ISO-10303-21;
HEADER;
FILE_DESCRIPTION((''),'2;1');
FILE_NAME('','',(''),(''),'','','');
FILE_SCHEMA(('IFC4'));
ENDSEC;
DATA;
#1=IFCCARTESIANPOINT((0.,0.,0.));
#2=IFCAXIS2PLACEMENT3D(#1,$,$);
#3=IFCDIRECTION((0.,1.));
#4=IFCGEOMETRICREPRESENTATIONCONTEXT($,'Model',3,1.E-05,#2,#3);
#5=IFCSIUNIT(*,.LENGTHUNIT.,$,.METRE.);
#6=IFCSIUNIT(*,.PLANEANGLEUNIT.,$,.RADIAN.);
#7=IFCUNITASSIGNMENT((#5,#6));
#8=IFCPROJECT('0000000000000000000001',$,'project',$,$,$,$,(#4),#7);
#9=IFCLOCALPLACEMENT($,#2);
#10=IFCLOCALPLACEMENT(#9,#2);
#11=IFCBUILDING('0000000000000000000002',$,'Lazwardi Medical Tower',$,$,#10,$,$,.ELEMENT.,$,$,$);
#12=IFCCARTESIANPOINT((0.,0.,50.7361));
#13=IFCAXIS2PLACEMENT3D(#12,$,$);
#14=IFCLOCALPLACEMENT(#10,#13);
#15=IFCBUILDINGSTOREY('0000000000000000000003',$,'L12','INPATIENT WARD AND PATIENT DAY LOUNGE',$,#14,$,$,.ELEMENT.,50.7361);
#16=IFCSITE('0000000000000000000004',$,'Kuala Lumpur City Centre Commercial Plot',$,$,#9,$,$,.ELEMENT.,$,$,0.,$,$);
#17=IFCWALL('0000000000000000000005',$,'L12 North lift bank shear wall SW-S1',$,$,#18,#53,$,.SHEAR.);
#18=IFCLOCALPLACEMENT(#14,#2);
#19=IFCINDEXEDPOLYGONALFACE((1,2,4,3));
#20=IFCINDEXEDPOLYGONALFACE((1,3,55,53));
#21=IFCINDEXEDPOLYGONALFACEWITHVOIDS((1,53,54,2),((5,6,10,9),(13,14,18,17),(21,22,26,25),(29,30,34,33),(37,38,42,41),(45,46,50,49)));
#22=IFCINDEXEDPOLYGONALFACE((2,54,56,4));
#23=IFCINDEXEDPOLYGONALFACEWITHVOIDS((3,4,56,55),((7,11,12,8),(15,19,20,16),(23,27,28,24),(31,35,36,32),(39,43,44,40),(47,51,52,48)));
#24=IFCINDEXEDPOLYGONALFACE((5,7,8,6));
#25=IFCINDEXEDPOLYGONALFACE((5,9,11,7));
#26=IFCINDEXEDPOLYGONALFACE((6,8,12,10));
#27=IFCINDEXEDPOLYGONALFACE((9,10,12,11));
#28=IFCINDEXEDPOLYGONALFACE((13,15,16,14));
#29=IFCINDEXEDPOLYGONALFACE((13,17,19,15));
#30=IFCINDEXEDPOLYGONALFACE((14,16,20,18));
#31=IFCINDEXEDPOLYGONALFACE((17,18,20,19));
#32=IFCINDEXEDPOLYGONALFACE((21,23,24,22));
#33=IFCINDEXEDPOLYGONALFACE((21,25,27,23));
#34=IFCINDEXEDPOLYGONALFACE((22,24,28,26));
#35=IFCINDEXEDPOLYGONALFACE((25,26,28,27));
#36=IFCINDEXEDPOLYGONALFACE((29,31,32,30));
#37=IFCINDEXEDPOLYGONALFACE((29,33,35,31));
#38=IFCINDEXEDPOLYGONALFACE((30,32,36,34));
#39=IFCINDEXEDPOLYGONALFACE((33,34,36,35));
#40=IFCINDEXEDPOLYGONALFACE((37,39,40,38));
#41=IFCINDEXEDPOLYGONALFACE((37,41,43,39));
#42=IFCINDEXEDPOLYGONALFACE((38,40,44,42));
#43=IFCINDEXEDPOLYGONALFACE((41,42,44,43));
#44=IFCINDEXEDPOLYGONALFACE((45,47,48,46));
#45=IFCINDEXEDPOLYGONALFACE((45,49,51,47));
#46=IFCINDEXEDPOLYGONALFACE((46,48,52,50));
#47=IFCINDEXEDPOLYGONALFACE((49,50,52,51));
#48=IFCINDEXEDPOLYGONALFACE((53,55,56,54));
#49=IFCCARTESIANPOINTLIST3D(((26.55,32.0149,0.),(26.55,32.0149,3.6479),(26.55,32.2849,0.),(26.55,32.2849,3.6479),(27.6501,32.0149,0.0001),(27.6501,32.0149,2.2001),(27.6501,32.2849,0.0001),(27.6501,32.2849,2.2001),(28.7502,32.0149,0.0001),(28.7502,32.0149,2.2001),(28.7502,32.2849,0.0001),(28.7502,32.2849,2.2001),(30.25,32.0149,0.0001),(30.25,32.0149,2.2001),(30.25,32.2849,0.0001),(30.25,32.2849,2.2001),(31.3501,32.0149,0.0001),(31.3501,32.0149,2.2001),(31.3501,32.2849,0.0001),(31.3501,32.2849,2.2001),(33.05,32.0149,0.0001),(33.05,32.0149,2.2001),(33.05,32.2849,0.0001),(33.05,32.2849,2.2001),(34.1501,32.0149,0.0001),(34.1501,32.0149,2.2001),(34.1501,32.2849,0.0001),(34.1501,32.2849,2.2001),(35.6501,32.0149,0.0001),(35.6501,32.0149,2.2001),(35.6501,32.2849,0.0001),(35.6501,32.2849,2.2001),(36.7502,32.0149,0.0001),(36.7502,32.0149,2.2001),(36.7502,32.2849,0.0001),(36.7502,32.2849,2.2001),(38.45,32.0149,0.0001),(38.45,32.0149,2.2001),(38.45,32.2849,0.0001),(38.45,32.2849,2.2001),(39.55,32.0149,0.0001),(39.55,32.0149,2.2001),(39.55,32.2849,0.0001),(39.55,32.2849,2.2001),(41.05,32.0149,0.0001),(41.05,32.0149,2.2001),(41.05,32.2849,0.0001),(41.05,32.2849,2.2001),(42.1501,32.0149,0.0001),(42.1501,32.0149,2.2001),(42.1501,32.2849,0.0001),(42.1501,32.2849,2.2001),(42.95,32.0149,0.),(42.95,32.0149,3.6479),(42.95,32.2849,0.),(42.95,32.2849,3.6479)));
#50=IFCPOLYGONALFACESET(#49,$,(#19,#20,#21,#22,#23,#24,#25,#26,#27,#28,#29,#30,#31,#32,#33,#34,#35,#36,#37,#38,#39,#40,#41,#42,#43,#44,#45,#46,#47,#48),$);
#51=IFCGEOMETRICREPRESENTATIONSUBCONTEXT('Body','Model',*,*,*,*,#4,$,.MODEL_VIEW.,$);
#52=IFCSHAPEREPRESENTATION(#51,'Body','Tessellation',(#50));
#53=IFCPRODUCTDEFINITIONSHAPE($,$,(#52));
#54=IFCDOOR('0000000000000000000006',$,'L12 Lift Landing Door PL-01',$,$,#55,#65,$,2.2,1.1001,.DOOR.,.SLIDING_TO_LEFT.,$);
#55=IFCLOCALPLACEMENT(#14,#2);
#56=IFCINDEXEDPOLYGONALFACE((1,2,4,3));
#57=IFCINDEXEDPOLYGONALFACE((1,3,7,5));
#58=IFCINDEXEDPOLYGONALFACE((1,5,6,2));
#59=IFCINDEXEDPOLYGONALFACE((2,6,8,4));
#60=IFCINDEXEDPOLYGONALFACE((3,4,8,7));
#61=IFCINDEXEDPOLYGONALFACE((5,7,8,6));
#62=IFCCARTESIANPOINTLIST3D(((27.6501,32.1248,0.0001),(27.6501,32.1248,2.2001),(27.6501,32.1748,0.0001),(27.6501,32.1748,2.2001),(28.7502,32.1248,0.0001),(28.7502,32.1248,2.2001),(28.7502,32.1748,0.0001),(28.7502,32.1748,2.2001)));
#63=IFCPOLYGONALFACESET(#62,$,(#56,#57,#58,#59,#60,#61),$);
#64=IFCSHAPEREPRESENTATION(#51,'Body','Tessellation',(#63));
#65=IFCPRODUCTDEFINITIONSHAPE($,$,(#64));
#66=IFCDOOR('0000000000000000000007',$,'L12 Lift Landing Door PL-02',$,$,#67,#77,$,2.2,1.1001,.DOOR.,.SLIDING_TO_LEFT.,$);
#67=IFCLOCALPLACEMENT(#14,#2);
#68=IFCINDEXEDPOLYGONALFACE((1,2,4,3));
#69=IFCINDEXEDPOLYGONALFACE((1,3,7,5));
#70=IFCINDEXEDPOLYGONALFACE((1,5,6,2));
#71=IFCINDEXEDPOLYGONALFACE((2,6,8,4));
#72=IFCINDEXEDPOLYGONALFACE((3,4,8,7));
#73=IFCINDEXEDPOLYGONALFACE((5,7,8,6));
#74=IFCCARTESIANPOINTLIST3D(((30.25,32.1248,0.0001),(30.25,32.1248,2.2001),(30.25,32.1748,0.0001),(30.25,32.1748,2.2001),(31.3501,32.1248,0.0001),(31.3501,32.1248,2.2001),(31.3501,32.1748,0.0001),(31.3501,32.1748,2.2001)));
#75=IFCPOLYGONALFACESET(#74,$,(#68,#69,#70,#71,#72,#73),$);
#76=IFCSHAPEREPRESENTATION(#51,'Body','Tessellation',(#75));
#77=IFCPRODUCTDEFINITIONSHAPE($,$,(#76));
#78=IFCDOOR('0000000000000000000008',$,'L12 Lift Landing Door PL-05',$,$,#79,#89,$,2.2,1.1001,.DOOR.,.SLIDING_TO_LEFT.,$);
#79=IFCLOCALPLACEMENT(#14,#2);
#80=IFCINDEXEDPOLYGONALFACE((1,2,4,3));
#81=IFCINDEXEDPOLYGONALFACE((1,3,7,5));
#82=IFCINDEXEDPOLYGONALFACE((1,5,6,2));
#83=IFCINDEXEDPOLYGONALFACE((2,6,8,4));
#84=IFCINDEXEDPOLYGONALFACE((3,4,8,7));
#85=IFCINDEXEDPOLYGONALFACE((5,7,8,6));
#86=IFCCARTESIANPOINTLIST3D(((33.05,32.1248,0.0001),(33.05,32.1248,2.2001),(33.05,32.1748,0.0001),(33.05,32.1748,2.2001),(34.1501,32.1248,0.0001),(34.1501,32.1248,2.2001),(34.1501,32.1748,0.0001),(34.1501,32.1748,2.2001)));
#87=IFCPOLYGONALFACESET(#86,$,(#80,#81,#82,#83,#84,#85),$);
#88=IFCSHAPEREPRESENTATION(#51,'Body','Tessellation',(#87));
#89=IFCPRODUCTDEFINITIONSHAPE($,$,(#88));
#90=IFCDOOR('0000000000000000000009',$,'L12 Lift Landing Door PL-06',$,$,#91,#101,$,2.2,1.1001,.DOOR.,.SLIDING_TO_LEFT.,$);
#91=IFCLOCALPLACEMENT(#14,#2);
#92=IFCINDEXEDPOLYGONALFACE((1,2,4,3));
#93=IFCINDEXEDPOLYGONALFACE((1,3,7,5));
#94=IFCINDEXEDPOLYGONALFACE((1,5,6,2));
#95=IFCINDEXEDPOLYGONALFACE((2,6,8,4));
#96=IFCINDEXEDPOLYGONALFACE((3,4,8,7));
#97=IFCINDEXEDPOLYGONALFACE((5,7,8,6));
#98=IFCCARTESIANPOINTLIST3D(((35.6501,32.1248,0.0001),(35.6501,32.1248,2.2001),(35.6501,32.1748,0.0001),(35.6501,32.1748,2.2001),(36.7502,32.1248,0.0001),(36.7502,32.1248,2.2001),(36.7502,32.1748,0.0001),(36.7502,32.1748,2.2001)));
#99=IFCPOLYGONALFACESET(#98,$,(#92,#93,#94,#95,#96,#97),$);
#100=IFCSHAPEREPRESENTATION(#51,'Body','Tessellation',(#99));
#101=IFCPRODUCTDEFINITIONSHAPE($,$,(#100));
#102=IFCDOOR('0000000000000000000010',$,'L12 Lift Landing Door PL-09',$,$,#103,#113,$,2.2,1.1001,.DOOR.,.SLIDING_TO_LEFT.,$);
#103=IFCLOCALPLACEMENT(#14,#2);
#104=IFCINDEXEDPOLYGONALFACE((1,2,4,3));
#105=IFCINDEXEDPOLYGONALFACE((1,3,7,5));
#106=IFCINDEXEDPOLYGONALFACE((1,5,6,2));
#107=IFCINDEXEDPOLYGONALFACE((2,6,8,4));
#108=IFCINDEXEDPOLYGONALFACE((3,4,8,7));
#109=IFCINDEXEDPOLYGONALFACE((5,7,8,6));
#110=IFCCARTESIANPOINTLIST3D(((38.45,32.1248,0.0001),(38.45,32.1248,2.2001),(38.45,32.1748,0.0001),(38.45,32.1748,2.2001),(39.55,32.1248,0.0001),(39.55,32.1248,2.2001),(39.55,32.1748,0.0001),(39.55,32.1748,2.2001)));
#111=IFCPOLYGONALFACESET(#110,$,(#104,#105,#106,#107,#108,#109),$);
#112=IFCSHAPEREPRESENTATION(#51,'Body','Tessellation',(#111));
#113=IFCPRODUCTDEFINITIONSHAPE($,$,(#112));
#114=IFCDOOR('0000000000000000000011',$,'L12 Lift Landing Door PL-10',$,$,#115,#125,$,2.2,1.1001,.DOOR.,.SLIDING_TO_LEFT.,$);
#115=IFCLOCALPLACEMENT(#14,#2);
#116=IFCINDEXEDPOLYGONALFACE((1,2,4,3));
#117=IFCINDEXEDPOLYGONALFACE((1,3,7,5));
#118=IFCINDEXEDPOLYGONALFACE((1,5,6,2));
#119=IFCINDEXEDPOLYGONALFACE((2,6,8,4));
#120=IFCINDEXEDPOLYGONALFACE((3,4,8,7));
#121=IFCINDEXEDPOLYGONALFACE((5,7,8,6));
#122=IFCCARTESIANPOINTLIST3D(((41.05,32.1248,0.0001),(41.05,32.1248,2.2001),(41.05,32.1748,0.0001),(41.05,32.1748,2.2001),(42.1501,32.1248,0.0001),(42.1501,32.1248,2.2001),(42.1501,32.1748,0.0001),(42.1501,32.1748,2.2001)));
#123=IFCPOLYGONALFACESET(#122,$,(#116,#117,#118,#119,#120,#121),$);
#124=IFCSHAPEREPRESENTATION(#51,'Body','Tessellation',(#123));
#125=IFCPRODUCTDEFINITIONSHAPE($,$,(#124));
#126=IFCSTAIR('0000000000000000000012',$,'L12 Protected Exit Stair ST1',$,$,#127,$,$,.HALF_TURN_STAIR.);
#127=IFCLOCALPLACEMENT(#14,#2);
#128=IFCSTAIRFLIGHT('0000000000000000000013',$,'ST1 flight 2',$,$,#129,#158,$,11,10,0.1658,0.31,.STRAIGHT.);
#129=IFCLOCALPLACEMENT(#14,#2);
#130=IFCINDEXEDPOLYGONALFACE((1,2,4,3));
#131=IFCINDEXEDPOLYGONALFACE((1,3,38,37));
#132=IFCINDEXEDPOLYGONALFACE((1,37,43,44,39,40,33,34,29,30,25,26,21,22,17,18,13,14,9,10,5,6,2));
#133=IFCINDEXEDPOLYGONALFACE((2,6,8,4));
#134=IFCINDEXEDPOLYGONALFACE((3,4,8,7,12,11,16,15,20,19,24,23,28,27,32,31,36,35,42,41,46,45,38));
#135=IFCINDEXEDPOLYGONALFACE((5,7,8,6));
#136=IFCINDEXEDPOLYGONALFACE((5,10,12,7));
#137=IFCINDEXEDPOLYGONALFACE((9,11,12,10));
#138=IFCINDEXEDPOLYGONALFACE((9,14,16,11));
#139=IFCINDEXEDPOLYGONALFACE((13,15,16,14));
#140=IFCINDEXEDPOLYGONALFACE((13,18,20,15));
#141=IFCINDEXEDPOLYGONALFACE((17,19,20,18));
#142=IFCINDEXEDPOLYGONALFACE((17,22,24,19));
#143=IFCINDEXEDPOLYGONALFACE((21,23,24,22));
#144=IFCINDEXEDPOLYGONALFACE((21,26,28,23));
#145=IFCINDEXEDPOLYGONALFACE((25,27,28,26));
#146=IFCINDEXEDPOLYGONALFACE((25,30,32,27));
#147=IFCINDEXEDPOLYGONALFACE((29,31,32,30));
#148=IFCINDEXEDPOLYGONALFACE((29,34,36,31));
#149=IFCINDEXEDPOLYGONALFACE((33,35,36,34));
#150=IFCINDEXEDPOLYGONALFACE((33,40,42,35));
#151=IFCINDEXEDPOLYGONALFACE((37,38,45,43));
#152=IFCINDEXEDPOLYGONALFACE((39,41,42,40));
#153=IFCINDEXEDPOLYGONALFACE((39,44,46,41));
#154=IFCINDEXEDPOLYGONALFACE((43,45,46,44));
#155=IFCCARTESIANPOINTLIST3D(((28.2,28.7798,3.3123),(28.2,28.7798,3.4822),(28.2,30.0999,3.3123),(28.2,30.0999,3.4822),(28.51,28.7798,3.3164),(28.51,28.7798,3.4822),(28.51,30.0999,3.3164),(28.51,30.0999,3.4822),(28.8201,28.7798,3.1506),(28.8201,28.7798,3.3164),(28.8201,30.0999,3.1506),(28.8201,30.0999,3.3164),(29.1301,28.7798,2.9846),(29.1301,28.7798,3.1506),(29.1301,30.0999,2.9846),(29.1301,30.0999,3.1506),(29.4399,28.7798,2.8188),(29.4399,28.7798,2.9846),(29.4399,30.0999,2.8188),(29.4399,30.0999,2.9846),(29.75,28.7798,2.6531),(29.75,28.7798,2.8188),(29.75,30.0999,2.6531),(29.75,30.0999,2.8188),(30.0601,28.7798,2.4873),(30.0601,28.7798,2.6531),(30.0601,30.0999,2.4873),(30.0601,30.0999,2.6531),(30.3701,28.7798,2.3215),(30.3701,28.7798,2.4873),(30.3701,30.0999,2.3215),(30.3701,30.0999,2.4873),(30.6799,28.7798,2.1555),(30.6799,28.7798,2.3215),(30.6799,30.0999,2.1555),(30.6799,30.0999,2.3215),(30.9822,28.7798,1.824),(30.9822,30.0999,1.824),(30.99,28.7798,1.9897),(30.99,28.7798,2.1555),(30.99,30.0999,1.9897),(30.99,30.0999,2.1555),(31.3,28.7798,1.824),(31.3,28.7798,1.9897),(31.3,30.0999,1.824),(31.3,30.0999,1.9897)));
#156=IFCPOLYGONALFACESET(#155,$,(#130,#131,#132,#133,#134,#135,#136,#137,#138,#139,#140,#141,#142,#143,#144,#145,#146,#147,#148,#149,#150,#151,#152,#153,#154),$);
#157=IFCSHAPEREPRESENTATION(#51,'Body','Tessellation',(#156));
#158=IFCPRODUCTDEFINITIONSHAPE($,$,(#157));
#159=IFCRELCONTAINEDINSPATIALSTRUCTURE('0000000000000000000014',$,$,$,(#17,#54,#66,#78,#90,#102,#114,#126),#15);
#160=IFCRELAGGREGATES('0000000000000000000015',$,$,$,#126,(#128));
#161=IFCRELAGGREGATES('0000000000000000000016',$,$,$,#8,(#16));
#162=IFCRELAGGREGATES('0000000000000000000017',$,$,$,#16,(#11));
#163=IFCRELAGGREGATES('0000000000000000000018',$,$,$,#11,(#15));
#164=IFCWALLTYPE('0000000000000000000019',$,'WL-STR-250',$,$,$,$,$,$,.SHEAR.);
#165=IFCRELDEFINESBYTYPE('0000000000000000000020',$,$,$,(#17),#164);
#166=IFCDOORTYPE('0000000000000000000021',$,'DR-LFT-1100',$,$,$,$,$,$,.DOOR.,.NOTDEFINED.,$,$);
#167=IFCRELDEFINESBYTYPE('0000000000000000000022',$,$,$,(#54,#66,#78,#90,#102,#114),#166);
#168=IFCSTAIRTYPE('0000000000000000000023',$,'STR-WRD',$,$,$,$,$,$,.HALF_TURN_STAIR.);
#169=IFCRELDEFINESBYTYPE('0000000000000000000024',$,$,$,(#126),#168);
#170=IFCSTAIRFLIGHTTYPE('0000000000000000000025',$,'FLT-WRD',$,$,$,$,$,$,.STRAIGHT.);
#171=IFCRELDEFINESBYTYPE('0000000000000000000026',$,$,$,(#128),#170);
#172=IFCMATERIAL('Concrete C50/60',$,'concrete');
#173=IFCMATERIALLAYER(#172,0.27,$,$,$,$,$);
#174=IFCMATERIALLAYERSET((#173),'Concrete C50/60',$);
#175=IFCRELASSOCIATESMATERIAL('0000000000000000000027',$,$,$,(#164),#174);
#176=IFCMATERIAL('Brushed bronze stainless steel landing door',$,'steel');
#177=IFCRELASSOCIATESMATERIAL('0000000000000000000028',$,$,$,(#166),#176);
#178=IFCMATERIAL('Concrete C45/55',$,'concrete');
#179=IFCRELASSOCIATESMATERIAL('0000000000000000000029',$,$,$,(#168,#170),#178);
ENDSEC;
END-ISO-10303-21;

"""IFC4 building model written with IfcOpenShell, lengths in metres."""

from ifc_helpers import new_model, si_unit, direction, frame, frame_2d, origin, place, context, subcontext, project, spatial, polyline, rectangle, outline, extrude, material, layer, layer_set, type_object, element, fill, aggregate, save


model = new_model("IFC4")

# Units and contexts
model_context = context("Model", 3, precision=1e-05, world=origin(), true_north=direction((0.0, 1.0)))
body_context = subcontext(model_context, "Body", "Model", "MODEL_VIEW")
ifc_project = project(units=[si_unit("LENGTHUNIT", "METRE"), si_unit("PLANEANGLEUNIT", "RADIAN")], contexts=[model_context])

# Site, building, storey
site_placement = place(None, origin())
site = spatial("IfcSite", under=ifc_project, at=site_placement, Name="Kuala Lumpur City Centre Commercial Plot", CompositionType="ELEMENT", RefElevation=0.0)
building_placement = place(site_placement, origin())
building = spatial("IfcBuilding", under=site, at=building_placement, Name="Lazwardi Medical Tower", CompositionType="ELEMENT")
storey_placement = place(building_placement, frame((0.0, 0.0, 50.7361)))
storey = spatial("IfcBuildingStorey", under=building, at=storey_placement, Name="L12", Description="INPATIENT WARD AND PATIENT DAY LOUNGE", CompositionType="ELEMENT", Elevation=50.7361)

# Shared definitions
ifc_material_1 = material(Name="Concrete C50/60", Category="concrete")
ifc_layer_1 = layer(ifc_material_1, 0.27)
ifc_layer_set_1 = layer_set([ifc_layer_1], Name="Concrete C50/60")
wall_type_1 = type_object("IfcWallType", Name="WL-STR-250", PredefinedType="SHEAR", material=ifc_layer_set_1)

# Wall, openings, doors
wall_1_placement = place(storey_placement, frame((26.55, 32.1499, 0.0), z_axis=(0.0, 0.0, 1.0), x_axis=(1.0, 0.0, 0.0)))
wall_1 = element("IfcWall", 1, at=wall_1_placement, inside=storey, type_object=wall_type_1, Name="L12 North lift bank shear wall SW-S1", PredefinedType="SHEAR", context=body_context, shape_type="SweptSolid", body=[
    extrude(rectangle(XDim=16.3999, YDim=0.27, at=frame_2d((8.2, 0.0))), origin(), (0.0, 0.0, 1.0), 3.6479),
])
opening_1_placement = place(wall_1_placement, frame((1.1001, 0.0, 0.0)))
opening_1 = element("IfcOpeningElement", 2, at=opening_1_placement, cuts=wall_1, PredefinedType="OPENING", context=body_context, shape_type="SweptSolid", body=[
    extrude(rectangle(XDim=1.1001, YDim=2.2, at=frame_2d((0.55, 1.1001))), frame((0.0, 0.145, 0.0), z_axis=(0.0, -1.0, 0.0), x_axis=(1.0, 0.0, 0.0)), (0.0, 0.0, 1.0), 0.29),
])
opening_2_placement = place(wall_1_placement, frame((3.7, 0.0, 0.0)))
opening_2 = element("IfcOpeningElement", 3, at=opening_2_placement, cuts=wall_1, PredefinedType="OPENING", context=body_context, shape_type="SweptSolid", body=[
    extrude(rectangle(XDim=1.1001, YDim=2.2, at=frame_2d((0.55, 1.1001))), frame((0.0, 0.145, 0.0), z_axis=(0.0, -1.0, 0.0), x_axis=(1.0, 0.0, 0.0)), (0.0, 0.0, 1.0), 0.29),
])
opening_3_placement = place(wall_1_placement, frame((6.5, 0.0, 0.0)))
opening_3 = element("IfcOpeningElement", 4, at=opening_3_placement, cuts=wall_1, PredefinedType="OPENING", context=body_context, shape_type="SweptSolid", body=[
    extrude(rectangle(XDim=1.1001, YDim=2.2, at=frame_2d((0.55, 1.1001))), frame((0.0, 0.145, 0.0), z_axis=(0.0, -1.0, 0.0), x_axis=(1.0, 0.0, 0.0)), (0.0, 0.0, 1.0), 0.29),
])
opening_4_placement = place(wall_1_placement, frame((9.1001, 0.0, 0.0)))
opening_4 = element("IfcOpeningElement", 5, at=opening_4_placement, cuts=wall_1, PredefinedType="OPENING", context=body_context, shape_type="SweptSolid", body=[
    extrude(rectangle(XDim=1.1001, YDim=2.2, at=frame_2d((0.55, 1.1001))), frame((0.0, 0.145, 0.0), z_axis=(0.0, -1.0, 0.0), x_axis=(1.0, 0.0, 0.0)), (0.0, 0.0, 1.0), 0.29),
])
opening_5_placement = place(wall_1_placement, frame((11.8999, 0.0, 0.0)))
opening_5 = element("IfcOpeningElement", 6, at=opening_5_placement, cuts=wall_1, PredefinedType="OPENING", context=body_context, shape_type="SweptSolid", body=[
    extrude(rectangle(XDim=1.1001, YDim=2.2, at=frame_2d((0.55, 1.1001))), frame((0.0, 0.145, 0.0), z_axis=(0.0, -1.0, 0.0), x_axis=(1.0, 0.0, 0.0)), (0.0, 0.0, 1.0), 0.29),
])
opening_6_placement = place(wall_1_placement, frame((14.5, 0.0, 0.0)))
opening_6 = element("IfcOpeningElement", 7, at=opening_6_placement, cuts=wall_1, PredefinedType="OPENING", context=body_context, shape_type="SweptSolid", body=[
    extrude(rectangle(XDim=1.1001, YDim=2.2, at=frame_2d((0.55, 1.1001))), frame((0.0, 0.145, 0.0), z_axis=(0.0, -1.0, 0.0), x_axis=(1.0, 0.0, 0.0)), (0.0, 0.0, 1.0), 0.29),
])
ifc_material_2 = material(Name="Brushed bronze stainless steel landing door", Category="steel")
door_type_1 = type_object("IfcDoorType", Name="DR-LFT-1100", OperationType="NOTDEFINED", PredefinedType="DOOR", material=ifc_material_2)
door_1_placement = place(opening_1_placement, origin())
door_1 = element("IfcDoor", 8, at=door_1_placement, inside=storey, type_object=door_type_1, Name="L12 Lift Landing Door PL-01", OperationType="SLIDING_TO_LEFT", OverallHeight=2.2, OverallWidth=1.1001, PredefinedType="DOOR", context=body_context, shape_type="SweptSolid", body=[
    extrude(rectangle(XDim=1.1001, YDim=2.2, at=frame_2d((0.55, 1.1001))), frame((0.0, 0.0249, 0.0), z_axis=(0.0, -1.0, 0.0), x_axis=(1.0, 0.0, 0.0)), (0.0, 0.0, 1.0), 0.05),
])
fill(opening_1, door_1)
door_2_placement = place(opening_2_placement, origin())
door_2 = element("IfcDoor", 9, at=door_2_placement, inside=storey, type_object=door_type_1, Name="L12 Lift Landing Door PL-02", OperationType="SLIDING_TO_LEFT", OverallHeight=2.2, OverallWidth=1.1001, PredefinedType="DOOR", context=body_context, shape_type="SweptSolid", body=[
    extrude(rectangle(XDim=1.1001, YDim=2.2, at=frame_2d((0.55, 1.1001))), frame((0.0, 0.0249, 0.0), z_axis=(0.0, -1.0, 0.0), x_axis=(1.0, 0.0, 0.0)), (0.0, 0.0, 1.0), 0.05),
])
fill(opening_2, door_2)
door_3_placement = place(opening_3_placement, origin())
door_3 = element("IfcDoor", 10, at=door_3_placement, inside=storey, type_object=door_type_1, Name="L12 Lift Landing Door PL-05", OperationType="SLIDING_TO_LEFT", OverallHeight=2.2, OverallWidth=1.1001, PredefinedType="DOOR", context=body_context, shape_type="SweptSolid", body=[
    extrude(rectangle(XDim=1.1001, YDim=2.2, at=frame_2d((0.55, 1.1001))), frame((0.0, 0.0249, 0.0), z_axis=(0.0, -1.0, 0.0), x_axis=(1.0, 0.0, 0.0)), (0.0, 0.0, 1.0), 0.05),
])
fill(opening_3, door_3)
door_4_placement = place(opening_4_placement, origin())
door_4 = element("IfcDoor", 11, at=door_4_placement, inside=storey, type_object=door_type_1, Name="L12 Lift Landing Door PL-06", OperationType="SLIDING_TO_LEFT", OverallHeight=2.2, OverallWidth=1.1001, PredefinedType="DOOR", context=body_context, shape_type="SweptSolid", body=[
    extrude(rectangle(XDim=1.1001, YDim=2.2, at=frame_2d((0.55, 1.1001))), frame((0.0, 0.0249, 0.0), z_axis=(0.0, -1.0, 0.0), x_axis=(1.0, 0.0, 0.0)), (0.0, 0.0, 1.0), 0.05),
])
fill(opening_4, door_4)
door_5_placement = place(opening_5_placement, origin())
door_5 = element("IfcDoor", 12, at=door_5_placement, inside=storey, type_object=door_type_1, Name="L12 Lift Landing Door PL-09", OperationType="SLIDING_TO_LEFT", OverallHeight=2.2, OverallWidth=1.1001, PredefinedType="DOOR", context=body_context, shape_type="SweptSolid", body=[
    extrude(rectangle(XDim=1.1001, YDim=2.2, at=frame_2d((0.55, 1.1001))), frame((0.0, 0.0249, 0.0), z_axis=(0.0, -1.0, 0.0), x_axis=(1.0, 0.0, 0.0)), (0.0, 0.0, 1.0), 0.05),
])
fill(opening_5, door_5)
door_6_placement = place(opening_6_placement, origin())
door_6 = element("IfcDoor", 13, at=door_6_placement, inside=storey, type_object=door_type_1, Name="L12 Lift Landing Door PL-10", OperationType="SLIDING_TO_LEFT", OverallHeight=2.2, OverallWidth=1.1001, PredefinedType="DOOR", context=body_context, shape_type="SweptSolid", body=[
    extrude(rectangle(XDim=1.1001, YDim=2.2, at=frame_2d((0.55, 1.1001))), frame((0.0, 0.0249, 0.0), z_axis=(0.0, -1.0, 0.0), x_axis=(1.0, 0.0, 0.0)), (0.0, 0.0, 1.0), 0.05),
])
fill(opening_6, door_6)

# Stair, stair flight
ifc_material_3 = material(Name="Concrete C45/55", Category="concrete")
stair_type = type_object("IfcStairType", Name="STR-WRD", PredefinedType="HALF_TURN_STAIR", material=ifc_material_3)
stair_placement = place(storey_placement, origin())
stair = element("IfcStair", 14, at=stair_placement, inside=storey, type_object=stair_type, Name="L12 Protected Exit Stair ST1", PredefinedType="HALF_TURN_STAIR")
stair_flight_type = type_object("IfcStairFlightType", Name="FLT-WRD", PredefinedType="STRAIGHT", material=ifc_material_3)
stair_flight_placement = place(storey_placement, frame((31.3, 29.4399, 1.824), z_axis=(0.0, 0.0, 1.0), x_axis=(-1.0, 0.0, 0.0)))
stair_flight = element("IfcStairFlight", 15, at=stair_flight_placement, type_object=stair_flight_type, Name="ST1 flight 2", NumberOfRisers=11, NumberOfTreads=10, PredefinedType="STRAIGHT", RiserHeight=0.1658, TreadLength=0.31, context=body_context, shape_type="SweptSolid", body=[
    extrude(outline(polyline([(0.0, 0.0), (0.0, 0.1658), (0.3101, 0.1658), (0.3101, 0.3315), (0.6201, 0.3315), (0.6201, 0.4976), (0.9299, 0.4976), (0.9299, 0.6633), (1.24, 0.6633), (1.24, 0.8291), (1.55, 0.8291), (1.55, 0.9949), (1.8601, 0.9949), (1.8601, 1.1606), (2.1699, 1.1606), (2.1699, 1.3267), (2.48, 1.3267), (2.48, 1.4924), (2.79, 1.4924), (2.79, 1.6582), (3.1001, 1.6582), (3.1001, 1.824), (3.1001, 1.4883), (0.3179, 0.0), (0.0, 0.0)])), frame((0.0, 0.6602, 0.0), z_axis=(0.0, -1.0, 0.0), x_axis=(1.0, 0.0, 0.0)), (0.0, 0.0, 1.0), 1.3201),
])
aggregate(stair, [stair_flight])

save(model, "model.ifc")
